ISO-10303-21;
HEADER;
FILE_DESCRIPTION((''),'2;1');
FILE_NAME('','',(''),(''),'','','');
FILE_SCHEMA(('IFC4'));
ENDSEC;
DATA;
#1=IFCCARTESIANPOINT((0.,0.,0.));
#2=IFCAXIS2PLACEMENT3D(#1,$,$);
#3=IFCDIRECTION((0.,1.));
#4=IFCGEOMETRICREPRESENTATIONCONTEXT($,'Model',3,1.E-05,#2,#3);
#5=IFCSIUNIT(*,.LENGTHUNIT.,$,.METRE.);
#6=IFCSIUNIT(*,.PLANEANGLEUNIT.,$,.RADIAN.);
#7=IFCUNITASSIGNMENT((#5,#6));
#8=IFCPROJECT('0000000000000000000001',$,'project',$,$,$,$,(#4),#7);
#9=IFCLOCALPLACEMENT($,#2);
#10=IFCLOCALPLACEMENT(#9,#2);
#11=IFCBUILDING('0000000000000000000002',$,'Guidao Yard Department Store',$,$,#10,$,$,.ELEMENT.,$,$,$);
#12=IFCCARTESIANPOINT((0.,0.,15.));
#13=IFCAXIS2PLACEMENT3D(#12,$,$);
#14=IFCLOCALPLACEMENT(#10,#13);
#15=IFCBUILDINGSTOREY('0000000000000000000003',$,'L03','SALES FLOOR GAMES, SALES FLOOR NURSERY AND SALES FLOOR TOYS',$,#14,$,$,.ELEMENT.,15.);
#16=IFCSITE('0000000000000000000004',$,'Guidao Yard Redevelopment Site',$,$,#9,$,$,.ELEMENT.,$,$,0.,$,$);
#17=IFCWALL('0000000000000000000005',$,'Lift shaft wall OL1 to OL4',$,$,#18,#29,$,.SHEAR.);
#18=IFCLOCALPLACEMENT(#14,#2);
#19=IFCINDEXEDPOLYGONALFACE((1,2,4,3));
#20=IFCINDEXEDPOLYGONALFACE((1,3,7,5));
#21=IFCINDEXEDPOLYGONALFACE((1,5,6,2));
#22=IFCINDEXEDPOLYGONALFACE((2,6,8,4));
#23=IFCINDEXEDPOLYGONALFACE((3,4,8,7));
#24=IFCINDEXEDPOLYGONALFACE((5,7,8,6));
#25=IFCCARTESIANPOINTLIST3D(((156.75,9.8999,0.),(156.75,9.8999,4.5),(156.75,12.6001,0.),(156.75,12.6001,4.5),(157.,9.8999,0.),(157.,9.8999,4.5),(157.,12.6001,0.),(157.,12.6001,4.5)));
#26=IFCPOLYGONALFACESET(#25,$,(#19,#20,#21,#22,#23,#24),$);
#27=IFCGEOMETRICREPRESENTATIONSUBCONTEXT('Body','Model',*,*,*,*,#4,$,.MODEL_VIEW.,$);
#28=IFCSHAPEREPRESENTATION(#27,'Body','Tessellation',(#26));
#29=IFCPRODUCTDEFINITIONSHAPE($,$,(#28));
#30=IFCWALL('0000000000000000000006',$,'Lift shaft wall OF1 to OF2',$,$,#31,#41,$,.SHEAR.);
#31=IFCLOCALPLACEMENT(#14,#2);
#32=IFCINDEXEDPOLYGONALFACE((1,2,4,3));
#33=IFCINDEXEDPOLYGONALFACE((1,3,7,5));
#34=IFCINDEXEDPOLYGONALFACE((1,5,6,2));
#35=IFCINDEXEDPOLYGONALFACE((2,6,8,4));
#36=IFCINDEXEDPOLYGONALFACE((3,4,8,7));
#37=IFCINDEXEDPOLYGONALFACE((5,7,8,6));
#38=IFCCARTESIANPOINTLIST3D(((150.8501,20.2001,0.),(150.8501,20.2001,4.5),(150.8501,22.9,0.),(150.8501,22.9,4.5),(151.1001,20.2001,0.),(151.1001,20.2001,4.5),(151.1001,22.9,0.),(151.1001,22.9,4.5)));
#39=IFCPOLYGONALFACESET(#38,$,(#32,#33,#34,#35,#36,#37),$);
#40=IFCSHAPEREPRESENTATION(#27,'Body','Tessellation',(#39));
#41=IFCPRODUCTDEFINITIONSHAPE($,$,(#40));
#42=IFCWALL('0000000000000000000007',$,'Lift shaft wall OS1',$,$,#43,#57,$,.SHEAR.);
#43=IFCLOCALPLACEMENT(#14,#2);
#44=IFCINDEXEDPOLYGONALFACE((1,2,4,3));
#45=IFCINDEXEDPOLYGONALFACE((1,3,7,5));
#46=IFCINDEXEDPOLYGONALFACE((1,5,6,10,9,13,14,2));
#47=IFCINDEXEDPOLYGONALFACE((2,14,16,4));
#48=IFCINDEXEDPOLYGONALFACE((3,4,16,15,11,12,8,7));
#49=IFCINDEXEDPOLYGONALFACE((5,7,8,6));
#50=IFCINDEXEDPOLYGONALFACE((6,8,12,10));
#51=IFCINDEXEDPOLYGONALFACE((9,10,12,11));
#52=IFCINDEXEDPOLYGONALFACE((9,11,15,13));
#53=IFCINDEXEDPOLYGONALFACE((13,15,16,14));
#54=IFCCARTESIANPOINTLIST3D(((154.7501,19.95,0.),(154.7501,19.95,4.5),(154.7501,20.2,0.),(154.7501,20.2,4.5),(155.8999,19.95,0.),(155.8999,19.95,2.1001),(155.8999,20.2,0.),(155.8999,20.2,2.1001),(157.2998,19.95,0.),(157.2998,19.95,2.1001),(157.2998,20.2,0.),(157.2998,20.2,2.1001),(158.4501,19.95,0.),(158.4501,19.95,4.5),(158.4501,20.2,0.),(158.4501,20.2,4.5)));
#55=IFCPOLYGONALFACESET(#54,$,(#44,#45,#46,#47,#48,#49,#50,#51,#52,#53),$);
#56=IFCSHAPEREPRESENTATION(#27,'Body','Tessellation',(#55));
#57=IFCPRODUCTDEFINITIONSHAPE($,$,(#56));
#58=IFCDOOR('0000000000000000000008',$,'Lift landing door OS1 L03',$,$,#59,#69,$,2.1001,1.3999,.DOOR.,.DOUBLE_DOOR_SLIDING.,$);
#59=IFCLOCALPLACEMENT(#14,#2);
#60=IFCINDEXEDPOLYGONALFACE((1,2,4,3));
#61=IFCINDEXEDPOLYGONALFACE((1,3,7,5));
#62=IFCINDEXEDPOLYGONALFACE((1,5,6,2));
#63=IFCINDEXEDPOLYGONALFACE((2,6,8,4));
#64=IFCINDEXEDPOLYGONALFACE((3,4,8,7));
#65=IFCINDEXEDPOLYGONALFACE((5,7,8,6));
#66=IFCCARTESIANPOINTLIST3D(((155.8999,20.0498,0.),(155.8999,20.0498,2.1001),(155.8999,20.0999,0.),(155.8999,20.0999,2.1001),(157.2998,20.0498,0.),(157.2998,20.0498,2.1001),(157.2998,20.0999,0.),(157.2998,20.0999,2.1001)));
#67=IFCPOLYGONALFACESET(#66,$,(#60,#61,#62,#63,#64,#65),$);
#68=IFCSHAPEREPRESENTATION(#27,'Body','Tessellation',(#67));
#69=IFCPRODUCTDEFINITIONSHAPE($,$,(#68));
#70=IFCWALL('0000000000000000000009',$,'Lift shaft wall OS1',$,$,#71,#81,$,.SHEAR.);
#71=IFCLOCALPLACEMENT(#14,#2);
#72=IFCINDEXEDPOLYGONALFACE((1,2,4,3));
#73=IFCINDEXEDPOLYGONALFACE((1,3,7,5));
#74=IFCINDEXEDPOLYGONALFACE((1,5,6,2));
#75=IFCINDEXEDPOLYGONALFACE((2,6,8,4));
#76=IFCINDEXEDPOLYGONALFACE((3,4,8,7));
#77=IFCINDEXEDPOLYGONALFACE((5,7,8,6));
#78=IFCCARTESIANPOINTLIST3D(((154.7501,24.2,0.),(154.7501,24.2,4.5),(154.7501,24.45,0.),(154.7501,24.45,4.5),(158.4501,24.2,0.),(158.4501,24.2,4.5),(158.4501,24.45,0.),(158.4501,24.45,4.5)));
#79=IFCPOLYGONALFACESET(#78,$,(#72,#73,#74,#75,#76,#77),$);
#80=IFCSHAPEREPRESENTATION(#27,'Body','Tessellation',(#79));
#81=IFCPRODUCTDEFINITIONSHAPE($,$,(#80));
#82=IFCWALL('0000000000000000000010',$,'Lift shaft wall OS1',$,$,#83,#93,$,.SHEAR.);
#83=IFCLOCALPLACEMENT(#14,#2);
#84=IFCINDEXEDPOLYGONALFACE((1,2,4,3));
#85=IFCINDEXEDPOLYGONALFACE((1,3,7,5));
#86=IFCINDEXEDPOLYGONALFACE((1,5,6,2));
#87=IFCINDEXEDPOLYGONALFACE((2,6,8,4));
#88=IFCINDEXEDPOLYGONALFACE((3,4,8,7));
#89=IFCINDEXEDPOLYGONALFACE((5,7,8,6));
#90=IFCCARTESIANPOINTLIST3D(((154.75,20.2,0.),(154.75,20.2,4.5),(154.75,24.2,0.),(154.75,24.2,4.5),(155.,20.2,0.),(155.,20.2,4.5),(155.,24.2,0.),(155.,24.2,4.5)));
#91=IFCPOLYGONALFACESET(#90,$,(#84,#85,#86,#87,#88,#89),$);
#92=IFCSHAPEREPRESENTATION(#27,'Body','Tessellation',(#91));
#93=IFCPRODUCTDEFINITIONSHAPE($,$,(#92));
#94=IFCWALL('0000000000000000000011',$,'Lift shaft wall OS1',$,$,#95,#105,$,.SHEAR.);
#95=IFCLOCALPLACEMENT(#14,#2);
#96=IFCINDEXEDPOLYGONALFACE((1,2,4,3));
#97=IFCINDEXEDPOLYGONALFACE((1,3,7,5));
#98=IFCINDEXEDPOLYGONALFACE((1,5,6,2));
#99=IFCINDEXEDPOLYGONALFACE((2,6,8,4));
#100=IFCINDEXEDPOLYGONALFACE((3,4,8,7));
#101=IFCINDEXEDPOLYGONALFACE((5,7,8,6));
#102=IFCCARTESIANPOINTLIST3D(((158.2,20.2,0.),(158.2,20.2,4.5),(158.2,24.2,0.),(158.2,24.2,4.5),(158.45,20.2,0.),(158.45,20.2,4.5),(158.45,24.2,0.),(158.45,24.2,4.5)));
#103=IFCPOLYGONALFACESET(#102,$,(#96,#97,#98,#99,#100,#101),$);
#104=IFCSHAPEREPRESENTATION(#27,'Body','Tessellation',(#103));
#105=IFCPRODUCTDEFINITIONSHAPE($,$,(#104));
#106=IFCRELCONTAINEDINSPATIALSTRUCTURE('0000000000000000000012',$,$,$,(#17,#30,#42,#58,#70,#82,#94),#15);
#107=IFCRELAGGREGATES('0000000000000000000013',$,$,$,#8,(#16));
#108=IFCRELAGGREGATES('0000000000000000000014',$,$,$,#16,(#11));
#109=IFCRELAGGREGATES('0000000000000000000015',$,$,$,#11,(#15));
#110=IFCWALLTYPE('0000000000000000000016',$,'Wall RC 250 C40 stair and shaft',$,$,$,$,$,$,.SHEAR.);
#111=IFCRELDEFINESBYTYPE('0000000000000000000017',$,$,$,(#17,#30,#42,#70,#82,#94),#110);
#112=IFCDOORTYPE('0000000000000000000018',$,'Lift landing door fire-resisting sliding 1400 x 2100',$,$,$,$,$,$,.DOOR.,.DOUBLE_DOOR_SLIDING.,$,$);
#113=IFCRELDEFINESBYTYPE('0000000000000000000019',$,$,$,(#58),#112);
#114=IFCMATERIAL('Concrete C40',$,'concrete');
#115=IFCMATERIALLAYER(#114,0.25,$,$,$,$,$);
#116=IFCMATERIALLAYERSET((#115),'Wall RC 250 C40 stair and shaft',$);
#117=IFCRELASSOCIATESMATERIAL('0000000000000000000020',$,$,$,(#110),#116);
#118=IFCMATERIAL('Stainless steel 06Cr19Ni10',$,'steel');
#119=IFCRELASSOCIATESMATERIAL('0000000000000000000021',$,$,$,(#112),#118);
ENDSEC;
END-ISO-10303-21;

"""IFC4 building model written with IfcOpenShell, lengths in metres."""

from ifc_helpers import new_model, si_unit, direction, frame, frame_2d, origin, place, context, subcontext, project, spatial, rectangle, extrude, material, layer, layer_set, type_object, element, fill, save


model = new_model("IFC4")

# Units and contexts
model_context = context("Model", 3, precision=1e-05, world=origin(), true_north=direction((0.0, 1.0)))
body_context = subcontext(model_context, "Body", "Model", "MODEL_VIEW")
ifc_project = project(units=[si_unit("LENGTHUNIT", "METRE"), si_unit("PLANEANGLEUNIT", "RADIAN")], contexts=[model_context])

# Site, building, storey
site_placement = place(None, origin())
site = spatial("IfcSite", under=ifc_project, at=site_placement, Name="Guidao Yard Redevelopment Site", CompositionType="ELEMENT", RefElevation=0.0)
building_placement = place(site_placement, origin())
building = spatial("IfcBuilding", under=site, at=building_placement, Name="Guidao Yard Department Store", CompositionType="ELEMENT")
storey_placement = place(building_placement, frame((0.0, 0.0, 15.0)))
storey = spatial("IfcBuildingStorey", under=building, at=storey_placement, Name="L03", Description="SALES FLOOR GAMES, SALES FLOOR NURSERY AND SALES FLOOR TOYS", CompositionType="ELEMENT", Elevation=15.0)

# Walls
ifc_material_1 = material(Name="Concrete C40", Category="concrete")
ifc_layer_1 = layer(ifc_material_1, 0.25)
ifc_layer_set_1 = layer_set([ifc_layer_1], Name="Wall RC 250 C40 stair and shaft")
wall_type_1 = type_object("IfcWallType", Name="Wall RC 250 C40 stair and shaft", PredefinedType="SHEAR", material=ifc_layer_set_1)
wall_1_placement = place(storey_placement, frame((156.875, 9.8999, 0.0), z_axis=(0.0, 0.0, 1.0), x_axis=(0.0, 1.0, 0.0)))
element("IfcWall", 1, at=wall_1_placement, inside=storey, type_object=wall_type_1, Name="Lift shaft wall OL1 to OL4", PredefinedType="SHEAR", context=body_context, shape_type="SweptSolid", body=[
    extrude(rectangle(XDim=2.7002, YDim=0.25, at=frame_2d((1.3501, 0.0))), origin(), (0.0, 0.0, 1.0), 4.5),
])
wall_2_placement = place(storey_placement, frame((150.9751, 20.2, 0.0), z_axis=(0.0, 0.0, 1.0), x_axis=(0.0, 1.0, 0.0)))
element("IfcWall", 2, at=wall_2_placement, inside=storey, type_object=wall_type_1, Name="Lift shaft wall OF1 to OF2", PredefinedType="SHEAR", context=body_context, shape_type="SweptSolid", body=[
    extrude(rectangle(XDim=2.7, YDim=0.25, at=frame_2d((1.3501, 0.0))), origin(), (0.0, 0.0, 1.0), 4.5),
])

# Wall, opening, door
wall_3_placement = place(storey_placement, frame((154.75, 20.075, 0.0), z_axis=(0.0, 0.0, 1.0), x_axis=(1.0, 0.0, 0.0)))
wall_3 = element("IfcWall", 3, at=wall_3_placement, inside=storey, type_object=wall_type_1, Name="Lift shaft wall OS1", PredefinedType="SHEAR", context=body_context, shape_type="SweptSolid", body=[
    extrude(rectangle(XDim=3.7, YDim=0.25, at=frame_2d((1.8501, 0.0))), origin(), (0.0, 0.0, 1.0), 4.5),
])
opening_1_placement = place(wall_3_placement, frame((1.1499, 0.0, 0.0)))
opening_1 = element("IfcOpeningElement", 4, at=opening_1_placement, cuts=wall_3, PredefinedType="OPENING", context=body_context, shape_type="SweptSolid", body=[
    extrude(rectangle(XDim=1.3999, YDim=2.1001, at=frame_2d((0.7, 1.05))), frame((0.0, 0.135, 0.0), z_axis=(0.0, -1.0, 0.0), x_axis=(1.0, 0.0, 0.0)), (0.0, 0.0, 1.0), 0.27),
])
ifc_material_2 = material(Name="Stainless steel 06Cr19Ni10", Category="steel")
door_type_1 = type_object("IfcDoorType", Name="Lift landing door fire-resisting sliding 1400 x 2100", OperationType="DOUBLE_DOOR_SLIDING", PredefinedType="DOOR", material=ifc_material_2)
door_1_placement = place(opening_1_placement, origin())
door_1 = element("IfcDoor", 5, at=door_1_placement, inside=storey, type_object=door_type_1, Name="Lift landing door OS1 L03", OperationType="DOUBLE_DOOR_SLIDING", OverallHeight=2.1001, OverallWidth=1.3999, PredefinedType="DOOR", context=body_context, shape_type="SweptSolid", body=[
    extrude(rectangle(XDim=1.3999, YDim=2.1001, at=frame_2d((0.7, 1.05))), frame((0.0, 0.0249, 0.0), z_axis=(0.0, -1.0, 0.0), x_axis=(1.0, 0.0, 0.0)), (0.0, 0.0, 1.0), 0.05),
])
fill(opening_1, door_1)

# Walls
wall_4_placement = place(storey_placement, frame((154.75, 24.325, 0.0), z_axis=(0.0, 0.0, 1.0), x_axis=(1.0, 0.0, 0.0)))
element("IfcWall", 6, at=wall_4_placement, inside=storey, type_object=wall_type_1, Name="Lift shaft wall OS1", PredefinedType="SHEAR", context=body_context, shape_type="SweptSolid", body=[
    extrude(rectangle(XDim=3.7, YDim=0.25, at=frame_2d((1.8501, 0.0))), origin(), (0.0, 0.0, 1.0), 4.5),
])
for number, where, z_axis, x_axis, name in (
    (7, (154.875, 20.2, 0.0), (0.0, 0.0, 1.0), (0.0, 1.0, 0.0), "Lift shaft wall OS1"),
    (8, (158.325, 20.2, 0.0), (0.0, 0.0, 1.0), (0.0, 1.0, 0.0), "Lift shaft wall OS1"),
):
    element("IfcWall", number, at=place(storey_placement, frame(where, z_axis=z_axis, x_axis=x_axis)), inside=storey, type_object=wall_type_1, Name=name, PredefinedType="SHEAR", context=body_context, shape_type="SweptSolid", body=[
        extrude(rectangle(XDim=4.0, YDim=0.25, at=frame_2d((2.0, 0.0))), origin(), (0.0, 0.0, 1.0), 4.5),
    ])

save(model, "model.ifc")
